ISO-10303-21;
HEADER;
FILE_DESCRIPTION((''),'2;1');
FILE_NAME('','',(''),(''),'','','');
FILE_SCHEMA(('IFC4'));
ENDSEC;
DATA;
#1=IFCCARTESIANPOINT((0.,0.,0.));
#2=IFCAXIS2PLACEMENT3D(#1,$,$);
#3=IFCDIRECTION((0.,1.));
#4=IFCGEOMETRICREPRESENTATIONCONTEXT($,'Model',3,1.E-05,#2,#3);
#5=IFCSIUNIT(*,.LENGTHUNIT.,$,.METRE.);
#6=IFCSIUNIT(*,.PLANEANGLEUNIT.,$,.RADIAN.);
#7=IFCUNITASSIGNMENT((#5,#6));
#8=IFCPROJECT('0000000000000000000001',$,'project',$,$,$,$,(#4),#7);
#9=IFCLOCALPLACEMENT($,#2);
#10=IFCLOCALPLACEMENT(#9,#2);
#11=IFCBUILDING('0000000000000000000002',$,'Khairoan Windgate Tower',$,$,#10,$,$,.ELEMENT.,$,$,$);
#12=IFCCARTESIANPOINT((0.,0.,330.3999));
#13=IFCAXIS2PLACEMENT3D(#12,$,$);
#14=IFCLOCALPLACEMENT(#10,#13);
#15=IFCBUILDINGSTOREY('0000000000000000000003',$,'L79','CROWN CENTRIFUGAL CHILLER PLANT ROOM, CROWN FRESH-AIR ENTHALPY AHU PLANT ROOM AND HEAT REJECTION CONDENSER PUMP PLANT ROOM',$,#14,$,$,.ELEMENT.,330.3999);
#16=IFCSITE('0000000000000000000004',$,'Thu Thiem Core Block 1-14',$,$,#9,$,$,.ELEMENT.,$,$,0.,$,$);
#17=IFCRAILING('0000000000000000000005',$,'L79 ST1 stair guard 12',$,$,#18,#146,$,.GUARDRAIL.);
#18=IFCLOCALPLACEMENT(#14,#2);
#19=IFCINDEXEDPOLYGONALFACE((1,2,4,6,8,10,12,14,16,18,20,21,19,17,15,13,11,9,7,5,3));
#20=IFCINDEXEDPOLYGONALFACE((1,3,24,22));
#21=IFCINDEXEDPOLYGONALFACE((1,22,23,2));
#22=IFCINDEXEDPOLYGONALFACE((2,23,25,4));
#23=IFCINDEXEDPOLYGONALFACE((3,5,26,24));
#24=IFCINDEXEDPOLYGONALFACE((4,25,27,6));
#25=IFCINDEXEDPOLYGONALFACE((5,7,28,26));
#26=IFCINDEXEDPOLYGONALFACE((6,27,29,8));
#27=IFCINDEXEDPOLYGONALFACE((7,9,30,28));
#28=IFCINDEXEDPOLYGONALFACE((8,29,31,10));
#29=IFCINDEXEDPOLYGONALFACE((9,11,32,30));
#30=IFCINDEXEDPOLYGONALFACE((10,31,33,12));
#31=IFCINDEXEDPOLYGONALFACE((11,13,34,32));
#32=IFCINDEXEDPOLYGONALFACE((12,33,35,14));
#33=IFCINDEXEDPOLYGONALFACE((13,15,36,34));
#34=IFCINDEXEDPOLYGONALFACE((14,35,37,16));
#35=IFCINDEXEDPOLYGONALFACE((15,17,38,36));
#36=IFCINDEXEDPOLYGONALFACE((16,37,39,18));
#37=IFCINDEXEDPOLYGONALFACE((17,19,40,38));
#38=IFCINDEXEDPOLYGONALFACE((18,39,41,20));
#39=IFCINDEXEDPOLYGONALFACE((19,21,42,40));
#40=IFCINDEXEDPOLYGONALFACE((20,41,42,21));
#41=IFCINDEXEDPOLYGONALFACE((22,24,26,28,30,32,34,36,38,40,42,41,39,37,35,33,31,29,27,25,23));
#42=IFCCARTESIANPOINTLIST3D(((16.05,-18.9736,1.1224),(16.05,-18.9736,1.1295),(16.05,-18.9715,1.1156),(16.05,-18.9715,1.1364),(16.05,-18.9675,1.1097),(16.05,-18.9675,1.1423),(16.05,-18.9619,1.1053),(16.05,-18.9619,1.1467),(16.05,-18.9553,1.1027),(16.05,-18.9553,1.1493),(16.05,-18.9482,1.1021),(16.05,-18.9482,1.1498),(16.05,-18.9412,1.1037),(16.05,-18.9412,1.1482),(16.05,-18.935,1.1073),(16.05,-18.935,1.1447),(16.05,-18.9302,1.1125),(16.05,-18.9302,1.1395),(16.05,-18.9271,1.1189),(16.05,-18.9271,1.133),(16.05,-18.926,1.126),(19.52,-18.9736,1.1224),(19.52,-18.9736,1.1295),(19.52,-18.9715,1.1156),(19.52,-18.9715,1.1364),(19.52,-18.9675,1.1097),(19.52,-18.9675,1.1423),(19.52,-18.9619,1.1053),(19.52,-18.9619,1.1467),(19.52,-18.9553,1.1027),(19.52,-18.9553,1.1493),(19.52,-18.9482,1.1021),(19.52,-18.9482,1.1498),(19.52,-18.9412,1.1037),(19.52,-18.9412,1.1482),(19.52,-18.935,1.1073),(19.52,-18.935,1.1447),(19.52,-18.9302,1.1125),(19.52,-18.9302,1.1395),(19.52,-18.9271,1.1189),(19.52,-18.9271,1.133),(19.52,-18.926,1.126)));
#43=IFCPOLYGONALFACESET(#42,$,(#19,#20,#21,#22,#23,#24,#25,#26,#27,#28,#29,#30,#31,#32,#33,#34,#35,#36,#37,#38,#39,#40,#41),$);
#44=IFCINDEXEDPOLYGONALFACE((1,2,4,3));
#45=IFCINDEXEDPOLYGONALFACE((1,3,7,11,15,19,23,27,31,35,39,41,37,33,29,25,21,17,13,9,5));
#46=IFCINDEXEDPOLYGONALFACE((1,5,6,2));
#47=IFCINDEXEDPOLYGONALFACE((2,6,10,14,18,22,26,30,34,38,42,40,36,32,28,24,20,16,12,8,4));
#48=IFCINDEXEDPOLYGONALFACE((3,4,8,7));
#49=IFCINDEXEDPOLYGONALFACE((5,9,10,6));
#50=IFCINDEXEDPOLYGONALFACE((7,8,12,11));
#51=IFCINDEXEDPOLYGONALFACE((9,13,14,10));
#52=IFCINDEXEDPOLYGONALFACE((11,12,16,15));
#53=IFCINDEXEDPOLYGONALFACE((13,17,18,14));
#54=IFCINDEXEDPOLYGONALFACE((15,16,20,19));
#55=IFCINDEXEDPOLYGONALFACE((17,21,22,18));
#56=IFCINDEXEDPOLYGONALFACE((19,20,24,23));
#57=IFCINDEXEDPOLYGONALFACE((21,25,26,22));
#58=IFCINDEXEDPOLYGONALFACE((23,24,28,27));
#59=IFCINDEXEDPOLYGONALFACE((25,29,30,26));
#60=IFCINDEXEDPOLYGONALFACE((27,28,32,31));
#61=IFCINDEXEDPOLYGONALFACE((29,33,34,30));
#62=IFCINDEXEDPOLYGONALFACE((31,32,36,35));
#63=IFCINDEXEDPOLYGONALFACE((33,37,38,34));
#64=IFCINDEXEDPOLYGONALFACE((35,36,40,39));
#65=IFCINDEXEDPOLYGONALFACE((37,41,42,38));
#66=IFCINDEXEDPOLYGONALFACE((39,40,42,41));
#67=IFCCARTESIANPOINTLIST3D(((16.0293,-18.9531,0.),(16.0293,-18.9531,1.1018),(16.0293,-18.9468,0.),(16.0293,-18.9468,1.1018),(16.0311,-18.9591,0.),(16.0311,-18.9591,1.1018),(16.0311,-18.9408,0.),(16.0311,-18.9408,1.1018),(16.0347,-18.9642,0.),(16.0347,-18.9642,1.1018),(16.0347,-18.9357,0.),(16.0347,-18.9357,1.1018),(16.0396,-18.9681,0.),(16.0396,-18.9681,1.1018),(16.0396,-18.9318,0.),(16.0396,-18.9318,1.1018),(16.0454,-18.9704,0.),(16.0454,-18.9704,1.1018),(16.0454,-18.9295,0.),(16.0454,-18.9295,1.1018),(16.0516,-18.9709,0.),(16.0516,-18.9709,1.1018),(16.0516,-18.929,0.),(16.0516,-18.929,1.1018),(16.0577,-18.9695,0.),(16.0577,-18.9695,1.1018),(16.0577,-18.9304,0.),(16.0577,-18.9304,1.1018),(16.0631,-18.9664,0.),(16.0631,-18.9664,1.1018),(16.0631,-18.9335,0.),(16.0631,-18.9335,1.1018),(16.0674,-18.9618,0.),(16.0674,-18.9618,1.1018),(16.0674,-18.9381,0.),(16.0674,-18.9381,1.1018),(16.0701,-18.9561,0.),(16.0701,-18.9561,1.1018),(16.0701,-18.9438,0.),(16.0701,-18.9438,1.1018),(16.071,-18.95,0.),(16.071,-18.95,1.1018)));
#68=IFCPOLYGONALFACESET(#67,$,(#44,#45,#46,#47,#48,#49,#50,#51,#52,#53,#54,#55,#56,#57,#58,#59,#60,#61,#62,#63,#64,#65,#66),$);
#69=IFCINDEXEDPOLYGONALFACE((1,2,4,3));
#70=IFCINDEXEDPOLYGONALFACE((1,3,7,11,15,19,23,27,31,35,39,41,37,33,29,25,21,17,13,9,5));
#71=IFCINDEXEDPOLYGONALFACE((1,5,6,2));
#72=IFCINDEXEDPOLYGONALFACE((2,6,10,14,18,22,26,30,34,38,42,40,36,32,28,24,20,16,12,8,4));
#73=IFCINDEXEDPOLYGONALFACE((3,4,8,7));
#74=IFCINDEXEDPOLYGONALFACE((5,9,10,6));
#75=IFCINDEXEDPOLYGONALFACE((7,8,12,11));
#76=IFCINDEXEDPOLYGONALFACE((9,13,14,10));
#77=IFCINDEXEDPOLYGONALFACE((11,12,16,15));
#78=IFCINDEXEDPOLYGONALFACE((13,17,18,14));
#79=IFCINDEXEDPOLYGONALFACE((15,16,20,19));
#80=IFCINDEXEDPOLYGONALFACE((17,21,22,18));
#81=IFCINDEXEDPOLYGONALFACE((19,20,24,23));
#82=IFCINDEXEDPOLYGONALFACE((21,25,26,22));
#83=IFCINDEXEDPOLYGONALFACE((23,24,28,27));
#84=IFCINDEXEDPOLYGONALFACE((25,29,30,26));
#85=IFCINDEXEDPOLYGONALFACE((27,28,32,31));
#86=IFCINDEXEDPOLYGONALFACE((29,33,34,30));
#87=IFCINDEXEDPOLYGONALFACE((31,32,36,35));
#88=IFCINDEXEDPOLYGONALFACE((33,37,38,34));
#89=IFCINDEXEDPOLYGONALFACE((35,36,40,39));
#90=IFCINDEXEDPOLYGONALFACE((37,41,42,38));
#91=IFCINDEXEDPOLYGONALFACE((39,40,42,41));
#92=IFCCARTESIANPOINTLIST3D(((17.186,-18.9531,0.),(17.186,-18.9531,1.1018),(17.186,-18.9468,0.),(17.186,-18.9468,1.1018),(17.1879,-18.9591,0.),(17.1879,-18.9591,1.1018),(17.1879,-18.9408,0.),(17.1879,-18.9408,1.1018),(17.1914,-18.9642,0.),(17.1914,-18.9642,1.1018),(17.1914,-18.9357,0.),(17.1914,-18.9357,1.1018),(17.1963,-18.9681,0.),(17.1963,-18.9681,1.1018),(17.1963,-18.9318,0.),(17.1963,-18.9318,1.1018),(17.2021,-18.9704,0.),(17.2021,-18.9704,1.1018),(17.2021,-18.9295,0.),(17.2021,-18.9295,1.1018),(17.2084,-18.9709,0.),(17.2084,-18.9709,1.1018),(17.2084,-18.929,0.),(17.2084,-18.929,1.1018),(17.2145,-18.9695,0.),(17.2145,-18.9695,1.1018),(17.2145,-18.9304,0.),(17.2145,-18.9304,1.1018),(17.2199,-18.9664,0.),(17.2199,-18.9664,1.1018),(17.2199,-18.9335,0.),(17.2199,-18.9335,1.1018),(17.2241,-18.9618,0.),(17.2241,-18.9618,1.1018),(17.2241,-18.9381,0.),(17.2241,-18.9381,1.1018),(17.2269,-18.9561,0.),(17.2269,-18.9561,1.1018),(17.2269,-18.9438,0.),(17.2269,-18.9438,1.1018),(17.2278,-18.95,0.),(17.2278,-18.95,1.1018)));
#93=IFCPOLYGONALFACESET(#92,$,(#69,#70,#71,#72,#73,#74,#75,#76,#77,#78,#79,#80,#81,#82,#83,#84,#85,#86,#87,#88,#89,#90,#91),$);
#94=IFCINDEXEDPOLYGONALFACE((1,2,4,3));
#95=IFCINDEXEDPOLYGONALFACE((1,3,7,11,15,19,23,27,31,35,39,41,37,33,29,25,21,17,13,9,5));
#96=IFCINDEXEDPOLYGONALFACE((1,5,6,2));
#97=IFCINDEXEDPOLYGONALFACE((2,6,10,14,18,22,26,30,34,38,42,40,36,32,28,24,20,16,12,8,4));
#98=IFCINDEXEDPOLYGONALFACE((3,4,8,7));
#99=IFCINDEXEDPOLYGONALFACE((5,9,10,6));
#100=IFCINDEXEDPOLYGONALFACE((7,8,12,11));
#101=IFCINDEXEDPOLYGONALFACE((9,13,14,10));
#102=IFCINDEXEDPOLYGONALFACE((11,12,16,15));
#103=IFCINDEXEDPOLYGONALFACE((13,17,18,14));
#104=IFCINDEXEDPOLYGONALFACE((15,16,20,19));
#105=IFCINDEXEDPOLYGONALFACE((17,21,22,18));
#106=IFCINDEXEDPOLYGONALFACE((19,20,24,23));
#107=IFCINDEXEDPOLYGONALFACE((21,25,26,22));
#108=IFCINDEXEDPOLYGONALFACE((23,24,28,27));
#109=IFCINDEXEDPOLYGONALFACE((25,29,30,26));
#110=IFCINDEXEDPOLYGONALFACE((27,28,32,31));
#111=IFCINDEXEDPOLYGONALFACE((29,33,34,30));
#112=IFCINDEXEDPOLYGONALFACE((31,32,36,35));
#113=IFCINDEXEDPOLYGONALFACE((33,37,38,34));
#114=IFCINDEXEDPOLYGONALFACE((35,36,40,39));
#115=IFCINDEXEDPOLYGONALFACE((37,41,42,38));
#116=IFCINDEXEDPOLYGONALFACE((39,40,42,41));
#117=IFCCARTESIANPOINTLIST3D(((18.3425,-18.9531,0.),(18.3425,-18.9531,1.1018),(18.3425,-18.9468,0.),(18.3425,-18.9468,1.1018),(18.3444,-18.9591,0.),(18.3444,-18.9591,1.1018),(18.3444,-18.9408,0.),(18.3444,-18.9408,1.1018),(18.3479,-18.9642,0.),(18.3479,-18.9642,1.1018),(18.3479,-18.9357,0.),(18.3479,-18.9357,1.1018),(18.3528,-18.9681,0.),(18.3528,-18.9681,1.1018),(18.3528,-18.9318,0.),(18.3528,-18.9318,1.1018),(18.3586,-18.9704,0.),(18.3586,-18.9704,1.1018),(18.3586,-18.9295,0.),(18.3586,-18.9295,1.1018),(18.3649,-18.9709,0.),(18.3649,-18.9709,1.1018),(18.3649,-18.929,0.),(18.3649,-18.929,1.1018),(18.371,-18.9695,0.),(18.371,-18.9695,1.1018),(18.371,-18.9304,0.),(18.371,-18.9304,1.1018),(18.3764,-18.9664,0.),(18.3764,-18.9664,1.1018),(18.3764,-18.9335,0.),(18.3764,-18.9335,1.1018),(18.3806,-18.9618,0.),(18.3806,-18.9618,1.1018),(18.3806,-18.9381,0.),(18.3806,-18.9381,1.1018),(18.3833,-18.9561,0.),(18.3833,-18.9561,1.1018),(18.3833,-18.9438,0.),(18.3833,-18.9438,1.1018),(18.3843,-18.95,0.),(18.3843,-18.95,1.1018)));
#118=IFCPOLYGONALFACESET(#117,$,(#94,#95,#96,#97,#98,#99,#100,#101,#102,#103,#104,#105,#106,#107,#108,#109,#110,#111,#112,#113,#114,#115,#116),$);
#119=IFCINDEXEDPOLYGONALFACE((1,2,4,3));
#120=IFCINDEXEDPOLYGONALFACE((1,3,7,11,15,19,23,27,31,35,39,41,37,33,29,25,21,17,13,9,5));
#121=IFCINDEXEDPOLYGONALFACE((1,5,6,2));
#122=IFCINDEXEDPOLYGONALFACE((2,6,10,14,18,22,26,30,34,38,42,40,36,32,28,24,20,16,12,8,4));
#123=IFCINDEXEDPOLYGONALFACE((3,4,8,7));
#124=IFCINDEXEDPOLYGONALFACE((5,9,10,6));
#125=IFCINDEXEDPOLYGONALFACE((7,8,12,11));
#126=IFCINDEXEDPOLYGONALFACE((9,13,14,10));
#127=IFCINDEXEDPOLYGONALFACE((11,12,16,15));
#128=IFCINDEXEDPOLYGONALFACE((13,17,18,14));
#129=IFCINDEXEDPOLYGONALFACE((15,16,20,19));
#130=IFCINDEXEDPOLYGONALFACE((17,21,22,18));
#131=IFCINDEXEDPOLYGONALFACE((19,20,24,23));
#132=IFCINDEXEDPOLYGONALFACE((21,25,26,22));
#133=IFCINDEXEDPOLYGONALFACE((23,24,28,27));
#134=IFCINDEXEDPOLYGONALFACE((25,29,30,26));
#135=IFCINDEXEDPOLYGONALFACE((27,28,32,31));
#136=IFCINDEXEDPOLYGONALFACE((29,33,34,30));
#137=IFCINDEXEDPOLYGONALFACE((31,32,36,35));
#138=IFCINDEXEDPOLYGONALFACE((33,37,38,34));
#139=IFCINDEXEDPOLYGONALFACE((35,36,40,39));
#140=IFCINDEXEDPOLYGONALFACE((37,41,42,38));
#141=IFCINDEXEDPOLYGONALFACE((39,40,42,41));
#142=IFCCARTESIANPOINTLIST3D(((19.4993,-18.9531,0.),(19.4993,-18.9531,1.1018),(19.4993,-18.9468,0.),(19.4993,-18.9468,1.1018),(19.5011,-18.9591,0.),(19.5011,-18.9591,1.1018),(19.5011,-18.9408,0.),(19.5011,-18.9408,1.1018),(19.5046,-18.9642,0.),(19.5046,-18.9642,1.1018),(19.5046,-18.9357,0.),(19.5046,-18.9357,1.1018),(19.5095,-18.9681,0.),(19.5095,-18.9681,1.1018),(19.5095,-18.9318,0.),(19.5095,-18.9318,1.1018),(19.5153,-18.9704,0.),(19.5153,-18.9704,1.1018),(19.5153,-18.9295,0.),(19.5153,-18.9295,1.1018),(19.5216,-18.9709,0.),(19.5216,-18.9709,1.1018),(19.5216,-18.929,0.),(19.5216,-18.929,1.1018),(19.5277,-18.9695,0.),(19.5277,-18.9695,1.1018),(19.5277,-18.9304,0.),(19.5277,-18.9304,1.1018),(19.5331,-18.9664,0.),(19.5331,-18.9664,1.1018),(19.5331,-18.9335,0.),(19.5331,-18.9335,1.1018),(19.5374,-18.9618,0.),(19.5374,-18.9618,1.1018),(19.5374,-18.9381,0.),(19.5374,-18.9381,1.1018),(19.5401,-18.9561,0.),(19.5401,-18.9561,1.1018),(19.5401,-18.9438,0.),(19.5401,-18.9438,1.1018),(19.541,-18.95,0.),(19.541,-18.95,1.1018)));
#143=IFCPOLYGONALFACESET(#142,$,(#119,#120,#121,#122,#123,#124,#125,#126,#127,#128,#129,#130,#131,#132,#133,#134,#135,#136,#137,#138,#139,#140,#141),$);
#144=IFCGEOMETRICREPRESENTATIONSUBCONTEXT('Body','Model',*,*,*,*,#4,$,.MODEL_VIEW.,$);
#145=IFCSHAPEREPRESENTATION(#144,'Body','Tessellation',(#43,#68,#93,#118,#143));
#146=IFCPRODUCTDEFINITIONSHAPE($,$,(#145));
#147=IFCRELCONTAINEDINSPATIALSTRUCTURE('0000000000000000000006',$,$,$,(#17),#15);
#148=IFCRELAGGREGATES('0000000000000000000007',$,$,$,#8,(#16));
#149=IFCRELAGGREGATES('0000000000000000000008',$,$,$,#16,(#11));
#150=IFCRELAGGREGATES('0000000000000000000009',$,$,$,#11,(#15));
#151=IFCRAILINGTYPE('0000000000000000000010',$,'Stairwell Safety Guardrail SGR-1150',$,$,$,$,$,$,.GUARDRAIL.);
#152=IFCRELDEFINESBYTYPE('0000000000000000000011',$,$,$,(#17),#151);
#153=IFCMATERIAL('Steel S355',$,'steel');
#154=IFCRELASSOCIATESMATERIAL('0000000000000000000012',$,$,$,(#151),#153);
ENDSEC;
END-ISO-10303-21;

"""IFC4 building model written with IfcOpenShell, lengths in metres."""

from ifc_helpers import new_model, si_unit, direction, frame, origin, origin_2d, place, context, subcontext, project, spatial, circle, extrude, material, type_object, element, save


model = new_model("IFC4")

# Units and contexts
model_context = context("Model", 3, precision=1e-05, world=origin(), true_north=direction((0.0, 1.0)))
body_context = subcontext(model_context, "Body", "Model", "MODEL_VIEW")
ifc_project = project(units=[si_unit("LENGTHUNIT", "METRE"), si_unit("PLANEANGLEUNIT", "RADIAN")], contexts=[model_context])

# Site, building, storey
site_placement = place(None, origin())
site = spatial("IfcSite", under=ifc_project, at=site_placement, Name="Thu Thiem Core Block 1-14", CompositionType="ELEMENT", RefElevation=0.0)
building_placement = place(site_placement, origin())
building = spatial("IfcBuilding", under=site, at=building_placement, Name="Khairoan Windgate Tower", CompositionType="ELEMENT")
storey_placement = place(building_placement, frame((0.0, 0.0, 330.3999)))
storey = spatial("IfcBuildingStorey", under=building, at=storey_placement, Name="L79", Description="CROWN CENTRIFUGAL CHILLER PLANT ROOM, CROWN FRESH-AIR ENTHALPY AHU PLANT ROOM AND HEAT REJECTION CONDENSER PUMP PLANT ROOM", CompositionType="ELEMENT", Elevation=330.3999)

# Railing
ifc_material_1 = material(Name="Steel S355", Category="steel")
railing_type_1 = type_object("IfcRailingType", Name="Stairwell Safety Guardrail SGR-1150", PredefinedType="GUARDRAIL", material=ifc_material_1)
railing_1_placement = place(storey_placement, frame((16.05, -18.95, 0.0)))
element("IfcRailing", 1, at=railing_1_placement, inside=storey, type_object=railing_type_1, Name="L79 ST1 stair guard 12", PredefinedType="GUARDRAIL", context=body_context, shape_type="SweptSolid", body=[
    extrude(circle(Radius=0.0239, at=origin_2d()), frame((0.0, 0.0, 1.126), z_axis=(1.0, 0.0, 0.0), x_axis=(0.0, 1.0, 0.0)), (0.0, 0.0, 1.0), 3.47),
    extrude(circle(Radius=0.021, at=origin_2d()), origin(), (0.0, 0.0, 1.0), 1.1018),
    extrude(circle(Radius=0.021, at=origin_2d()), frame((1.1567, 0.0, 0.0)), (0.0, 0.0, 1.0), 1.1018),
    extrude(circle(Radius=0.021, at=origin_2d()), frame((2.3132, 0.0, 0.0)), (0.0, 0.0, 1.0), 1.1018),
    extrude(circle(Radius=0.021, at=origin_2d()), frame((3.47, 0.0, 0.0)), (0.0, 0.0, 1.0), 1.1018),
])

save(model, "model.ifc")
